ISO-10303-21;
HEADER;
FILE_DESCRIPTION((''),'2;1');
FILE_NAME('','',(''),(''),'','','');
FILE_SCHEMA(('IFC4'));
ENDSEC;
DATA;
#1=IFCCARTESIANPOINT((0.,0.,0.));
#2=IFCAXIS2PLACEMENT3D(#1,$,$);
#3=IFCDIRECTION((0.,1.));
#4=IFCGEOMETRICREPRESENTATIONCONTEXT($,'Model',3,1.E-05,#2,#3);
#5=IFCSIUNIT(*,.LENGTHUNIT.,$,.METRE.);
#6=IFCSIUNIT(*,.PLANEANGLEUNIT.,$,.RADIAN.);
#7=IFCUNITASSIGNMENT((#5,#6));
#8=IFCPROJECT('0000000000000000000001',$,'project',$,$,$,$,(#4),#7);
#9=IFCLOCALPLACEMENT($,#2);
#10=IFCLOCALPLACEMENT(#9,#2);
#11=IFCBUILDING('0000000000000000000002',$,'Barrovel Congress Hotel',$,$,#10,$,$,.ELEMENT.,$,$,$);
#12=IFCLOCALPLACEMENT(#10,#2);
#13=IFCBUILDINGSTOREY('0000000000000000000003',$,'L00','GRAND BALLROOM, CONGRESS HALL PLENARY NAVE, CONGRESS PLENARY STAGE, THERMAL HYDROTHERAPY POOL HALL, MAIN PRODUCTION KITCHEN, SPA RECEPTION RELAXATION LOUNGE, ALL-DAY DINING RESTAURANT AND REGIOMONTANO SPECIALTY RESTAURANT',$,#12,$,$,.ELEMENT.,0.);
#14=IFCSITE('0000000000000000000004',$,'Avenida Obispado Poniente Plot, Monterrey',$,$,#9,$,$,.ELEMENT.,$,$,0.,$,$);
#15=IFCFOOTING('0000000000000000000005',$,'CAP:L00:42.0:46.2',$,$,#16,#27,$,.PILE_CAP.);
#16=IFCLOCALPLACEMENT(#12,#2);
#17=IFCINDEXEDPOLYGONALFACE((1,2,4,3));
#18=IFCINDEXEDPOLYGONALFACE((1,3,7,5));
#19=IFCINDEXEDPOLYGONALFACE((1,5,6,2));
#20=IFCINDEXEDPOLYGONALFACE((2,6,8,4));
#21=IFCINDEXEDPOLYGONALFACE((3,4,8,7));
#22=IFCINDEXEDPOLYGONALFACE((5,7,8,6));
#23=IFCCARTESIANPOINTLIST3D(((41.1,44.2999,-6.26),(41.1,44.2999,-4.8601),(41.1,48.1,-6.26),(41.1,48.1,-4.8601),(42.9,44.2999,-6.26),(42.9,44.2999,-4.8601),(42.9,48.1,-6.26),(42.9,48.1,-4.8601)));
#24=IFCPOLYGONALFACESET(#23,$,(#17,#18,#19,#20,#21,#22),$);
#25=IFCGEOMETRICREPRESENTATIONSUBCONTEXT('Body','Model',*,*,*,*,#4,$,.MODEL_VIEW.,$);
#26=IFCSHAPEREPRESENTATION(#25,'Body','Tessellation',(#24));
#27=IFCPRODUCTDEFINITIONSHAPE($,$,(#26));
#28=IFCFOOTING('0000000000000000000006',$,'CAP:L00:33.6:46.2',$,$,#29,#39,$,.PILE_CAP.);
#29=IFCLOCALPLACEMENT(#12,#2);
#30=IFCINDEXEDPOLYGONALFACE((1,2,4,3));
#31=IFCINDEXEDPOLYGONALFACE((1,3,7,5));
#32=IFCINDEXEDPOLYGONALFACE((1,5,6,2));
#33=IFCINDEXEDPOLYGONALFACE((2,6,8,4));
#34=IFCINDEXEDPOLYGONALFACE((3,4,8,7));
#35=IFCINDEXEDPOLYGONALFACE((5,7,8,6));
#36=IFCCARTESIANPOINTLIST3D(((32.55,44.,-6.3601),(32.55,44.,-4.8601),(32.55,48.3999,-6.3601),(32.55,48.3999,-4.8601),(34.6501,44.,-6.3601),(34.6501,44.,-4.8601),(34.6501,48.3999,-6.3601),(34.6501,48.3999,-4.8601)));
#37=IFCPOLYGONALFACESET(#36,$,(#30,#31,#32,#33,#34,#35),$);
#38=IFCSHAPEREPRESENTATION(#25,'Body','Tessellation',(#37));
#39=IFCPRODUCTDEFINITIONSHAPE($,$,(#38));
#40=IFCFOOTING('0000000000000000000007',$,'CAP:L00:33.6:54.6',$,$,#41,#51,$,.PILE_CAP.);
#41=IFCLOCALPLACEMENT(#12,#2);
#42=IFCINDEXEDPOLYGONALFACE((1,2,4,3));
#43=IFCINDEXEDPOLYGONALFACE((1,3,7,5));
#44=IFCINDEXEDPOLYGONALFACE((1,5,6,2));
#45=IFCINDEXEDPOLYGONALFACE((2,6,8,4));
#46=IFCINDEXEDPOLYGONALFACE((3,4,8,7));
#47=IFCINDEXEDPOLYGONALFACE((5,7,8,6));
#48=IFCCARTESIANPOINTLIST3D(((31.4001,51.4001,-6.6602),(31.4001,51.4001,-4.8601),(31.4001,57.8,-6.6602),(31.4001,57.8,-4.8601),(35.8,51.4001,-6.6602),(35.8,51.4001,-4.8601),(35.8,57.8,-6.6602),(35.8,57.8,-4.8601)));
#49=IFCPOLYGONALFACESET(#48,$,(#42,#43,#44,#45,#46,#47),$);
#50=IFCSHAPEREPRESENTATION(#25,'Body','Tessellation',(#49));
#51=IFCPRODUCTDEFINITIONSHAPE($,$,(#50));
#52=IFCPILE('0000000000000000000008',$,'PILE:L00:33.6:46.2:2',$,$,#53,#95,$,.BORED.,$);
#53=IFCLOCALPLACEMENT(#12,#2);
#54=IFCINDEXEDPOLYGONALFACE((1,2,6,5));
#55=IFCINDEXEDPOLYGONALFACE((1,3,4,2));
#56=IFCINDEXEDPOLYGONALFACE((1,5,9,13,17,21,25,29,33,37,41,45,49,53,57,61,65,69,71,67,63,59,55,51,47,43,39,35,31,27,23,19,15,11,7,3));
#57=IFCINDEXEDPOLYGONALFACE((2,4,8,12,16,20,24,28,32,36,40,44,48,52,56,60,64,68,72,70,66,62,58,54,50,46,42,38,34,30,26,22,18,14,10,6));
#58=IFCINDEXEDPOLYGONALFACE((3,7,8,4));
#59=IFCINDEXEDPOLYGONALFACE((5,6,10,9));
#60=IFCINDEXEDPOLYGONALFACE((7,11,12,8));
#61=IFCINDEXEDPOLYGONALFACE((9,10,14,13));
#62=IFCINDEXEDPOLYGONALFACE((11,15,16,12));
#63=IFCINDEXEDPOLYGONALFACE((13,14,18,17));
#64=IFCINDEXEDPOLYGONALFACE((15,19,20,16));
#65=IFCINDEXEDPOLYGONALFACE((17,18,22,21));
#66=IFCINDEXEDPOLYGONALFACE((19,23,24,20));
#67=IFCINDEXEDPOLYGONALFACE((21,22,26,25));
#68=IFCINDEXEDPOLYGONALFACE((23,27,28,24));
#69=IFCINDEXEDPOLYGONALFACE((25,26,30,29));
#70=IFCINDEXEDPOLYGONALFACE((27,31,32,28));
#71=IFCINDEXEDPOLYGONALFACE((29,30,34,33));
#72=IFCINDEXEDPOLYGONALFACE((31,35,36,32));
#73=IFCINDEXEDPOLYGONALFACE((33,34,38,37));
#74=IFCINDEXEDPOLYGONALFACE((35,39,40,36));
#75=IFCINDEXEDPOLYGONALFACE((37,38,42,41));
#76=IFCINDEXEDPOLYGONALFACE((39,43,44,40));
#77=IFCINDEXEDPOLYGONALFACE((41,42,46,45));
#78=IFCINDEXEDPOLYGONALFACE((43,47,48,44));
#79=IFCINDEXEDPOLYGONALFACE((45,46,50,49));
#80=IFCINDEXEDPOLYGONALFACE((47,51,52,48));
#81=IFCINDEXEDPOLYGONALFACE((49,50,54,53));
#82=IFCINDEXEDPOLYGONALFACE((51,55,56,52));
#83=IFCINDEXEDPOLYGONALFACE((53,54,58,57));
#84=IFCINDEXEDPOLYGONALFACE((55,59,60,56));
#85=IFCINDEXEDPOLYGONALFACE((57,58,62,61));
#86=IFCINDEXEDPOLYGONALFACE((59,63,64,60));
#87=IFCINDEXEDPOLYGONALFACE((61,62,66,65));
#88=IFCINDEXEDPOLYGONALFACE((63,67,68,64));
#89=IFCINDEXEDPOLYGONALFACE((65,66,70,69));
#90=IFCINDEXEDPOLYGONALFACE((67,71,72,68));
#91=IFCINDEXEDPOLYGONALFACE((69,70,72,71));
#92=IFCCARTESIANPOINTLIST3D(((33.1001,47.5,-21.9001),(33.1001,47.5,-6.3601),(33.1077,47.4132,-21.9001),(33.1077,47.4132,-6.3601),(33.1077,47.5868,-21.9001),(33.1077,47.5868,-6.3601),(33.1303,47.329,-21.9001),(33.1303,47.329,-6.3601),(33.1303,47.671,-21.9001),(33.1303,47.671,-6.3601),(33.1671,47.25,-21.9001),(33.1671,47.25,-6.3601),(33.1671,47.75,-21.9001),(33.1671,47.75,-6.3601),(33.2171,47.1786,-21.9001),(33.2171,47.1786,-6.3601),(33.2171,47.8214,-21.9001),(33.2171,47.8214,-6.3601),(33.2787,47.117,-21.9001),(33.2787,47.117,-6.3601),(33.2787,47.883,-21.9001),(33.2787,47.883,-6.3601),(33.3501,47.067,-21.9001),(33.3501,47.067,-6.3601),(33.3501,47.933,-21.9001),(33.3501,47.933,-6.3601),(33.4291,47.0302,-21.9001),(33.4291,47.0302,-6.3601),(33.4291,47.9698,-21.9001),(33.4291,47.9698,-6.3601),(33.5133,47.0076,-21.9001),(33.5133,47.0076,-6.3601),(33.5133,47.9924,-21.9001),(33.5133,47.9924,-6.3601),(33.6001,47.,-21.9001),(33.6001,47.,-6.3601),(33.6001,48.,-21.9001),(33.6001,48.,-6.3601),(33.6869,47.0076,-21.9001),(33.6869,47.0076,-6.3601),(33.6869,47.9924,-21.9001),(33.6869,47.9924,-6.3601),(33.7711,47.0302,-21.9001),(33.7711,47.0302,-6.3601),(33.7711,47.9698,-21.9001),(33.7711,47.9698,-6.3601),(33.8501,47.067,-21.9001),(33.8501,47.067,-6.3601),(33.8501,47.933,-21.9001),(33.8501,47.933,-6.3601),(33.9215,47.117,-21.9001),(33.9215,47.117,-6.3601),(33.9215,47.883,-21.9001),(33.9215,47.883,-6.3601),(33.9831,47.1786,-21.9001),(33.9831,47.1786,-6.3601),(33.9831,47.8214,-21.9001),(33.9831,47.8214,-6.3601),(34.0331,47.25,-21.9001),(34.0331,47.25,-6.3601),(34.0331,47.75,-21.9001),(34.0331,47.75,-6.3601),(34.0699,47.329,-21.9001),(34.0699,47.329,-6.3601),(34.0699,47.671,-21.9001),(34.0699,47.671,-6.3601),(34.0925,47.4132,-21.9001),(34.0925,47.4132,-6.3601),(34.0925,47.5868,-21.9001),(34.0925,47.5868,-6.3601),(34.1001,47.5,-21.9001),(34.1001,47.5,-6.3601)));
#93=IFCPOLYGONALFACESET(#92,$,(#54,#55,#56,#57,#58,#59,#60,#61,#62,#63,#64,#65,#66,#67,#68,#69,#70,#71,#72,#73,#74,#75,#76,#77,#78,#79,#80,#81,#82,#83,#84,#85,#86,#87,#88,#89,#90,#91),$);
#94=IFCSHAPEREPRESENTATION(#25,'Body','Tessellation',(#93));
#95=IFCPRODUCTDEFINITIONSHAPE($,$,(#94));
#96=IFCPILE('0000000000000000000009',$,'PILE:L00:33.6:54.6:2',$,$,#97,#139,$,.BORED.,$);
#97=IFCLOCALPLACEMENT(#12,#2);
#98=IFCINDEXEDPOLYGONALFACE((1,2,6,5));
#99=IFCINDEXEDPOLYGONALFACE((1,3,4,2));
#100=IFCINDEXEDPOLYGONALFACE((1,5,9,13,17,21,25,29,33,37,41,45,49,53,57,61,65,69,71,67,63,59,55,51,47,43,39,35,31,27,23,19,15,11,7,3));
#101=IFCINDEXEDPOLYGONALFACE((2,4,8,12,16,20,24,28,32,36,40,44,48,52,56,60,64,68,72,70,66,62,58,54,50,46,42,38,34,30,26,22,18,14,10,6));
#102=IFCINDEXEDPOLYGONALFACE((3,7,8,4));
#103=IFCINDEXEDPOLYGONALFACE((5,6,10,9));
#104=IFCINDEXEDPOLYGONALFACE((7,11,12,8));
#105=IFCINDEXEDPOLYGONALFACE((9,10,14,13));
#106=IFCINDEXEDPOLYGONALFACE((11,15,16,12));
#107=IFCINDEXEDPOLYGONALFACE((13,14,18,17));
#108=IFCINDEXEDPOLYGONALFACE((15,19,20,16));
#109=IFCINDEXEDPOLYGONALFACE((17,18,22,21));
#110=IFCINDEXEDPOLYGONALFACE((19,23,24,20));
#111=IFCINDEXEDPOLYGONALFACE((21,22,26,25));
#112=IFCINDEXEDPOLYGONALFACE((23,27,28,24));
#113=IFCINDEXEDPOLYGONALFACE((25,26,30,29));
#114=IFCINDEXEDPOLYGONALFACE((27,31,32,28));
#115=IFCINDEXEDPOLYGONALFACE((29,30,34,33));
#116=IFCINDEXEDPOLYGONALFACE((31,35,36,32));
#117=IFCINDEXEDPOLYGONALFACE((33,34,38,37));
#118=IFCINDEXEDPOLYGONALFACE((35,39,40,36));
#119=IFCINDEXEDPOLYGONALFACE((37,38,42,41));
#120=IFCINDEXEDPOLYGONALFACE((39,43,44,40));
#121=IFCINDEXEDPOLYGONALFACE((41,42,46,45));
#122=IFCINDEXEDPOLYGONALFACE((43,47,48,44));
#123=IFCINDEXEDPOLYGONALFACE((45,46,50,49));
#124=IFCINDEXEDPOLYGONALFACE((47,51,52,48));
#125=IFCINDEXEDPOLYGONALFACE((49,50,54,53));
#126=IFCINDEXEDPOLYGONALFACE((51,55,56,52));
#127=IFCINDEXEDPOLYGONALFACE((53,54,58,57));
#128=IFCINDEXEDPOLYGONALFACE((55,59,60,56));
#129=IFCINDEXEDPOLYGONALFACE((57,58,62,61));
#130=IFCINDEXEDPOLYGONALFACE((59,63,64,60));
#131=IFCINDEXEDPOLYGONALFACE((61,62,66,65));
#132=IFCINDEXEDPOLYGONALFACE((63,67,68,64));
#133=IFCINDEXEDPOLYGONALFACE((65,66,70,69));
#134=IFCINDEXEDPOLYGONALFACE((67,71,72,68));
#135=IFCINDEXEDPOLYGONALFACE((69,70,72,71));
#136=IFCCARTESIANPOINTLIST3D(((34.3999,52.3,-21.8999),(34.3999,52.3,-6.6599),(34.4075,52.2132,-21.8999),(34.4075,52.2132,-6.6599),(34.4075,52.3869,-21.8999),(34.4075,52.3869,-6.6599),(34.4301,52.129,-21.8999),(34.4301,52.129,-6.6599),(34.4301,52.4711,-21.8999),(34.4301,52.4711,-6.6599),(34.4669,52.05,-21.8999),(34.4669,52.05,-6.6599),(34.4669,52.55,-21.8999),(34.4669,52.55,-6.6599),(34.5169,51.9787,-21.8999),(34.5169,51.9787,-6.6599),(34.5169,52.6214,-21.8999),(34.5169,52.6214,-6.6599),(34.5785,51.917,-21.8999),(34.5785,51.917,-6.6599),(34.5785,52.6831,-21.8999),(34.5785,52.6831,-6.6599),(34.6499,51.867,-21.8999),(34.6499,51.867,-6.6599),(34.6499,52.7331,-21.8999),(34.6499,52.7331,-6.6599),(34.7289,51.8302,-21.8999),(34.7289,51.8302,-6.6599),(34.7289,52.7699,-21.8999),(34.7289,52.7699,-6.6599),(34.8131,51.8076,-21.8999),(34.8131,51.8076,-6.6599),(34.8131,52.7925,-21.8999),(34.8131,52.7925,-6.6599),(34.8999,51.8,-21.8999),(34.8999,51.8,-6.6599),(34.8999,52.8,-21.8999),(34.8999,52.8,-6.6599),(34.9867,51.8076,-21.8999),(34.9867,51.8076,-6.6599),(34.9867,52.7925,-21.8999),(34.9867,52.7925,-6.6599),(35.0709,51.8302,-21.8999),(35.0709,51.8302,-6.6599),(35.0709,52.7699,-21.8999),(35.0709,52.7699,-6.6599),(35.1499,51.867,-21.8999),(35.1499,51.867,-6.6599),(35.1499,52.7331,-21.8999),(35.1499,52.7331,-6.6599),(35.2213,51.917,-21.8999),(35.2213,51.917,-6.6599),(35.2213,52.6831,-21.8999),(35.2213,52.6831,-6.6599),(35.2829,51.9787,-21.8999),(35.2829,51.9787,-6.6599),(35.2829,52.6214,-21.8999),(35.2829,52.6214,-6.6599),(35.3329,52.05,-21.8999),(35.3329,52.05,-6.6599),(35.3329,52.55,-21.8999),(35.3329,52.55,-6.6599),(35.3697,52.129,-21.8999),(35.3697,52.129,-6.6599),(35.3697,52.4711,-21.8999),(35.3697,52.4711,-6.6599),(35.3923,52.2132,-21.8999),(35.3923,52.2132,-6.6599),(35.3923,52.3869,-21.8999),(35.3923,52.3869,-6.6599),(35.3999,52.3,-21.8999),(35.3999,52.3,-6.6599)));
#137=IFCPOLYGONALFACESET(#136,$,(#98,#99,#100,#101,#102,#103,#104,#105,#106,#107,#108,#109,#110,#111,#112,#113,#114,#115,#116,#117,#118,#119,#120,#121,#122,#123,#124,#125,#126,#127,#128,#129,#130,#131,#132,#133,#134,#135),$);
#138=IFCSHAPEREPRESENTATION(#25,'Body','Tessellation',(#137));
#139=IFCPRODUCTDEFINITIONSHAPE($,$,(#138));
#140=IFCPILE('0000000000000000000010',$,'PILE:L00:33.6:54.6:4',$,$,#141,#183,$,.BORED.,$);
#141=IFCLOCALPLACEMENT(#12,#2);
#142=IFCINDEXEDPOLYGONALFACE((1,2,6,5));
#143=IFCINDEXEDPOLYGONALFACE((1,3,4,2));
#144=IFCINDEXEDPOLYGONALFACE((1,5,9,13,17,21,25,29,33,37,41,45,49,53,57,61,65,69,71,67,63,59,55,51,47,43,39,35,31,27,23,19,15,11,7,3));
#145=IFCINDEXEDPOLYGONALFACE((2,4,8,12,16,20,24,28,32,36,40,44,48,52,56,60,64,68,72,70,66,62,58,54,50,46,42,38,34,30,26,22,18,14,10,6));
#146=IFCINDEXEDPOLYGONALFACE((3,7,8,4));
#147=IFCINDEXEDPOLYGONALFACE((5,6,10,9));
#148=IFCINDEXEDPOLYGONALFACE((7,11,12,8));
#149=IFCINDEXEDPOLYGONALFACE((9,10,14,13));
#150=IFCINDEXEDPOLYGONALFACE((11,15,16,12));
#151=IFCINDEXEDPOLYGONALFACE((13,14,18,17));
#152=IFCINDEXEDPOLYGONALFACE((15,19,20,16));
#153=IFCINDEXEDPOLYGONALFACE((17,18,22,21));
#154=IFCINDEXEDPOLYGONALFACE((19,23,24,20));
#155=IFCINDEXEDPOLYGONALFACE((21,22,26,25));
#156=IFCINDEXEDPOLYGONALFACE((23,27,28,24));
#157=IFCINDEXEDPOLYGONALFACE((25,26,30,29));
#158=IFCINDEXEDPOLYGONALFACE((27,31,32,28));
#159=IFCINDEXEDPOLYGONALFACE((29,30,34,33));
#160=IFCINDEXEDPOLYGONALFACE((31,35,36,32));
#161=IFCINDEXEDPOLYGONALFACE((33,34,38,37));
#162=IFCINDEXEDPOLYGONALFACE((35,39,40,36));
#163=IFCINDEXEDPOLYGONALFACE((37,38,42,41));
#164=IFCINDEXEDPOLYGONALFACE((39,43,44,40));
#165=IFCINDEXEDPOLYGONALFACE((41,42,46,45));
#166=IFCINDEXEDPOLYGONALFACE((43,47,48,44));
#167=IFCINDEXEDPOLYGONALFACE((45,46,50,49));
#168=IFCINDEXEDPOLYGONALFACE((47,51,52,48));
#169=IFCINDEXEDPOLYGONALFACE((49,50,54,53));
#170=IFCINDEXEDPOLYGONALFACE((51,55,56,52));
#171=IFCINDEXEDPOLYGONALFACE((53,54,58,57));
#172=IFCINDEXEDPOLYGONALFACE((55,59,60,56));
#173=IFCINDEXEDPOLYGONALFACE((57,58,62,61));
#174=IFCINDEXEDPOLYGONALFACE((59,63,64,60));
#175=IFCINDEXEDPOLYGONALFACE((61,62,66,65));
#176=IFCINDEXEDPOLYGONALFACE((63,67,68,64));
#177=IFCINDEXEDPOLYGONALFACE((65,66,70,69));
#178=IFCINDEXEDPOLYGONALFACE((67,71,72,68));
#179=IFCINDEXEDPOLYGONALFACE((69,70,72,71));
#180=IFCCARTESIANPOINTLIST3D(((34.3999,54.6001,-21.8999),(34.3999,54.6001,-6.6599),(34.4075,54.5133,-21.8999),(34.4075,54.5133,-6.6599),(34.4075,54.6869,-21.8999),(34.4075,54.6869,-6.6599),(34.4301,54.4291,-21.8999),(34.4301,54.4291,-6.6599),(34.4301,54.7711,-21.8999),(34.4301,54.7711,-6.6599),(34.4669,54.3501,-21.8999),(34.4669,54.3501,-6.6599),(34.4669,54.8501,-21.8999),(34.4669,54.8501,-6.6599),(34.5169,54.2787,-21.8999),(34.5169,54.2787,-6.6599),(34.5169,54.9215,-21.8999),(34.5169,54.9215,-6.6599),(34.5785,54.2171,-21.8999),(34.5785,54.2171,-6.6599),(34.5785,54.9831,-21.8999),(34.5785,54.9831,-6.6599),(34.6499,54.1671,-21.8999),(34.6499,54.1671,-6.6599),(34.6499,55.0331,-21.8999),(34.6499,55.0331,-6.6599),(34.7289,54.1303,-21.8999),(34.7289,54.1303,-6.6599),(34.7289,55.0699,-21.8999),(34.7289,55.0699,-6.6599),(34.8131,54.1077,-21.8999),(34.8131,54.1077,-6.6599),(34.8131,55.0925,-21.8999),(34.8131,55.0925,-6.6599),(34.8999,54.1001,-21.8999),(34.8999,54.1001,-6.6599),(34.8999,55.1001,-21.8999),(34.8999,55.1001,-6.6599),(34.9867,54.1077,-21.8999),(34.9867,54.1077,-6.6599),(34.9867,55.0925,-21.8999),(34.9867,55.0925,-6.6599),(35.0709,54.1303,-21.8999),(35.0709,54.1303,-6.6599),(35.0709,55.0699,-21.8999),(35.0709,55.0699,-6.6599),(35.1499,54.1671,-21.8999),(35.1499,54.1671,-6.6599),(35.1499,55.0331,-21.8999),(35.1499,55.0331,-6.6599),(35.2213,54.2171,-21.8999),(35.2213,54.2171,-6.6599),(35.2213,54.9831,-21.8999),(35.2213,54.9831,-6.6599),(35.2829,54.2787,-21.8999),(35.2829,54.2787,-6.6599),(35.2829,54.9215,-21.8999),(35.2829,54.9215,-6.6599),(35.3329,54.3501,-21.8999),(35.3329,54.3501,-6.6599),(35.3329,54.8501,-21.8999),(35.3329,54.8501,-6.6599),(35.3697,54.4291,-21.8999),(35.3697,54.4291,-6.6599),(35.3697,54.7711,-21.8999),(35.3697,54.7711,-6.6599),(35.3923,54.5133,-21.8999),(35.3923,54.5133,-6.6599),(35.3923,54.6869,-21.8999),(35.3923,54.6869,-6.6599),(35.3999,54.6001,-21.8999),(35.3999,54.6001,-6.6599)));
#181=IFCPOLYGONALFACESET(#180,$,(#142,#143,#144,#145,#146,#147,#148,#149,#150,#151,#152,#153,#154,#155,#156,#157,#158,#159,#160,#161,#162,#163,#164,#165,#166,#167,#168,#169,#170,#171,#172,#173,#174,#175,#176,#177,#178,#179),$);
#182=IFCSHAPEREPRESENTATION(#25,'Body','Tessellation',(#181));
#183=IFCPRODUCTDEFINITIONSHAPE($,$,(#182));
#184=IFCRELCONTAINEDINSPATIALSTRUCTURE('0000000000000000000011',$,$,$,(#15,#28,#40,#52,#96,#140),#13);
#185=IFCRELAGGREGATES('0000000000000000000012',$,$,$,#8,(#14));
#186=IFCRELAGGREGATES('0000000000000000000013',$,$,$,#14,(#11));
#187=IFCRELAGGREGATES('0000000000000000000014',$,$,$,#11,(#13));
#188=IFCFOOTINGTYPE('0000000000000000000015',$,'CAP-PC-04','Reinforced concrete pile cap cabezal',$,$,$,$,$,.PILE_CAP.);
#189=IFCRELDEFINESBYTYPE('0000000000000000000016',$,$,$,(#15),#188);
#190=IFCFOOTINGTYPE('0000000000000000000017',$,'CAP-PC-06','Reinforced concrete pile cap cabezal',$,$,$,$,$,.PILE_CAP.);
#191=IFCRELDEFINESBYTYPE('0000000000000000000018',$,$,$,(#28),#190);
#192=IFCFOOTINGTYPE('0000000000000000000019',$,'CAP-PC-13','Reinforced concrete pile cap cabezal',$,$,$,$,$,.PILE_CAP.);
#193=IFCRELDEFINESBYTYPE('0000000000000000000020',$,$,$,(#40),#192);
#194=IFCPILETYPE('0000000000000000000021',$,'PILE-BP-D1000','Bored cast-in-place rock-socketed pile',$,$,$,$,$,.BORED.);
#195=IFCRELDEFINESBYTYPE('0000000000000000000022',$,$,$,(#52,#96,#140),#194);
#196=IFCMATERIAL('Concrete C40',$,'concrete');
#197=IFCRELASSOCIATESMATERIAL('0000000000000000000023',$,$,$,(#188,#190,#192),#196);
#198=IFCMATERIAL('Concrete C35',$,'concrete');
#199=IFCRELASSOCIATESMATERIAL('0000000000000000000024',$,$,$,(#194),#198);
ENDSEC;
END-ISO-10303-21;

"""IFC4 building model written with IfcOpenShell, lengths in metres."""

from ifc_helpers import new_model, si_unit, direction, frame, origin, origin_2d, place, context, subcontext, project, spatial, rectangle, circle, extrude, material, material_profile, profile_set, type_object, element, save


model = new_model("IFC4")

# Units and contexts
model_context = context("Model", 3, precision=1e-05, world=origin(), true_north=direction((0.0, 1.0)))
body_context = subcontext(model_context, "Body", "Model", "MODEL_VIEW")
ifc_project = project(units=[si_unit("LENGTHUNIT", "METRE"), si_unit("PLANEANGLEUNIT", "RADIAN")], contexts=[model_context])

# Site, building, storey
site_placement = place(None, origin())
site = spatial("IfcSite", under=ifc_project, at=site_placement, Name="Avenida Obispado Poniente Plot, Monterrey", CompositionType="ELEMENT", RefElevation=0.0)
building_placement = place(site_placement, origin())
building = spatial("IfcBuilding", under=site, at=building_placement, Name="Barrovel Congress Hotel", CompositionType="ELEMENT")
storey_placement = place(building_placement, origin())
storey = spatial("IfcBuildingStorey", under=building, at=storey_placement, Name="L00", Description="GRAND BALLROOM, CONGRESS HALL PLENARY NAVE, CONGRESS PLENARY STAGE, THERMAL HYDROTHERAPY POOL HALL, MAIN PRODUCTION KITCHEN, SPA RECEPTION RELAXATION LOUNGE, ALL-DAY DINING RESTAURANT AND REGIOMONTANO SPECIALTY RESTAURANT", CompositionType="ELEMENT", Elevation=0.0)

# Footings
ifc_material_1 = material(Name="Concrete C40", Category="concrete")
footing_type_1 = type_object("IfcFootingType", Name="CAP-PC-04", Description="Reinforced concrete pile cap cabezal", PredefinedType="PILE_CAP", material=ifc_material_1)
footing_1_placement = place(storey_placement, frame((42.0, 46.2, -6.26), z_axis=(0.0, 0.0, 1.0), x_axis=(1.0, 0.0, 0.0)))
element("IfcFooting", 1, at=footing_1_placement, inside=storey, type_object=footing_type_1, Name="CAP:L00:42.0:46.2", PredefinedType="PILE_CAP", context=body_context, shape_type="SweptSolid", body=[
    extrude(rectangle(XDim=1.8, YDim=3.8, at=origin_2d()), origin(), (0.0, 0.0, 1.0), 1.3999),
])
footing_type_2 = type_object("IfcFootingType", Name="CAP-PC-06", Description="Reinforced concrete pile cap cabezal", PredefinedType="PILE_CAP", material=ifc_material_1)
footing_2_placement = place(storey_placement, frame((33.6001, 46.2, -6.3601), z_axis=(0.0, 0.0, 1.0), x_axis=(1.0, 0.0, 0.0)))
element("IfcFooting", 2, at=footing_2_placement, inside=storey, type_object=footing_type_2, Name="CAP:L00:33.6:46.2", PredefinedType="PILE_CAP", context=body_context, shape_type="SweptSolid", body=[
    extrude(rectangle(XDim=2.1001, YDim=4.3999, at=origin_2d()), origin(), (0.0, 0.0, 1.0), 1.5),
])
footing_type_3 = type_object("IfcFootingType", Name="CAP-PC-13", Description="Reinforced concrete pile cap cabezal", PredefinedType="PILE_CAP", material=ifc_material_1)
footing_3_placement = place(storey_placement, frame((33.6001, 54.6001, -6.6602), z_axis=(0.0, 0.0, 1.0), x_axis=(1.0, 0.0, 0.0)))
element("IfcFooting", 3, at=footing_3_placement, inside=storey, type_object=footing_type_3, Name="CAP:L00:33.6:54.6", PredefinedType="PILE_CAP", context=body_context, shape_type="SweptSolid", body=[
    extrude(rectangle(XDim=4.3999, YDim=6.3999, at=origin_2d()), origin(), (0.0, 0.0, 1.0), 1.8),
])

# Piles
ifc_material_2 = material(Name="Concrete C35", Category="concrete")
ifc_material_profile_1 = material_profile(ifc_material_2, circle(Radius=0.5, at=origin_2d()), Name="BP-D1000")
ifc_profile_set_1 = profile_set([ifc_material_profile_1], Name="Concrete C35")
pile_type_1 = type_object("IfcPileType", Name="PILE-BP-D1000", Description="Bored cast-in-place rock-socketed pile", PredefinedType="BORED", material=ifc_profile_set_1)
pile_placement = place(storey_placement, frame((33.6001, 47.5, -6.3601), z_axis=(0.0, 0.0, -1.0), x_axis=(1.0, 0.0, 0.0)))
element("IfcPile", 4, at=pile_placement, inside=storey, type_object=pile_type_1, Name="PILE:L00:33.6:46.2:2", PredefinedType="BORED", context=body_context, shape_type="SweptSolid", body=[
    extrude(circle(Radius=0.5, at=origin_2d()), origin(), (0.0, 0.0, 1.0), 15.54),
])
for number, where, z_axis, x_axis, name in (
    (5, (34.8999, 52.3, -6.6599), (0.0, 0.0, -1.0), (1.0, 0.0, 0.0), "PILE:L00:33.6:54.6:2"),
    (6, (34.8999, 54.6001, -6.6599), (0.0, 0.0, -1.0), (1.0, 0.0, 0.0), "PILE:L00:33.6:54.6:4"),
):
    element("IfcPile", number, at=place(storey_placement, frame(where, z_axis=z_axis, x_axis=x_axis)), inside=storey, type_object=pile_type_1, Name=name, PredefinedType="BORED", context=body_context, shape_type="SweptSolid", body=[
        extrude(circle(Radius=0.5, at=origin_2d()), origin(), (0.0, 0.0, 1.0), 15.24),
    ])

save(model, "model.ifc")
